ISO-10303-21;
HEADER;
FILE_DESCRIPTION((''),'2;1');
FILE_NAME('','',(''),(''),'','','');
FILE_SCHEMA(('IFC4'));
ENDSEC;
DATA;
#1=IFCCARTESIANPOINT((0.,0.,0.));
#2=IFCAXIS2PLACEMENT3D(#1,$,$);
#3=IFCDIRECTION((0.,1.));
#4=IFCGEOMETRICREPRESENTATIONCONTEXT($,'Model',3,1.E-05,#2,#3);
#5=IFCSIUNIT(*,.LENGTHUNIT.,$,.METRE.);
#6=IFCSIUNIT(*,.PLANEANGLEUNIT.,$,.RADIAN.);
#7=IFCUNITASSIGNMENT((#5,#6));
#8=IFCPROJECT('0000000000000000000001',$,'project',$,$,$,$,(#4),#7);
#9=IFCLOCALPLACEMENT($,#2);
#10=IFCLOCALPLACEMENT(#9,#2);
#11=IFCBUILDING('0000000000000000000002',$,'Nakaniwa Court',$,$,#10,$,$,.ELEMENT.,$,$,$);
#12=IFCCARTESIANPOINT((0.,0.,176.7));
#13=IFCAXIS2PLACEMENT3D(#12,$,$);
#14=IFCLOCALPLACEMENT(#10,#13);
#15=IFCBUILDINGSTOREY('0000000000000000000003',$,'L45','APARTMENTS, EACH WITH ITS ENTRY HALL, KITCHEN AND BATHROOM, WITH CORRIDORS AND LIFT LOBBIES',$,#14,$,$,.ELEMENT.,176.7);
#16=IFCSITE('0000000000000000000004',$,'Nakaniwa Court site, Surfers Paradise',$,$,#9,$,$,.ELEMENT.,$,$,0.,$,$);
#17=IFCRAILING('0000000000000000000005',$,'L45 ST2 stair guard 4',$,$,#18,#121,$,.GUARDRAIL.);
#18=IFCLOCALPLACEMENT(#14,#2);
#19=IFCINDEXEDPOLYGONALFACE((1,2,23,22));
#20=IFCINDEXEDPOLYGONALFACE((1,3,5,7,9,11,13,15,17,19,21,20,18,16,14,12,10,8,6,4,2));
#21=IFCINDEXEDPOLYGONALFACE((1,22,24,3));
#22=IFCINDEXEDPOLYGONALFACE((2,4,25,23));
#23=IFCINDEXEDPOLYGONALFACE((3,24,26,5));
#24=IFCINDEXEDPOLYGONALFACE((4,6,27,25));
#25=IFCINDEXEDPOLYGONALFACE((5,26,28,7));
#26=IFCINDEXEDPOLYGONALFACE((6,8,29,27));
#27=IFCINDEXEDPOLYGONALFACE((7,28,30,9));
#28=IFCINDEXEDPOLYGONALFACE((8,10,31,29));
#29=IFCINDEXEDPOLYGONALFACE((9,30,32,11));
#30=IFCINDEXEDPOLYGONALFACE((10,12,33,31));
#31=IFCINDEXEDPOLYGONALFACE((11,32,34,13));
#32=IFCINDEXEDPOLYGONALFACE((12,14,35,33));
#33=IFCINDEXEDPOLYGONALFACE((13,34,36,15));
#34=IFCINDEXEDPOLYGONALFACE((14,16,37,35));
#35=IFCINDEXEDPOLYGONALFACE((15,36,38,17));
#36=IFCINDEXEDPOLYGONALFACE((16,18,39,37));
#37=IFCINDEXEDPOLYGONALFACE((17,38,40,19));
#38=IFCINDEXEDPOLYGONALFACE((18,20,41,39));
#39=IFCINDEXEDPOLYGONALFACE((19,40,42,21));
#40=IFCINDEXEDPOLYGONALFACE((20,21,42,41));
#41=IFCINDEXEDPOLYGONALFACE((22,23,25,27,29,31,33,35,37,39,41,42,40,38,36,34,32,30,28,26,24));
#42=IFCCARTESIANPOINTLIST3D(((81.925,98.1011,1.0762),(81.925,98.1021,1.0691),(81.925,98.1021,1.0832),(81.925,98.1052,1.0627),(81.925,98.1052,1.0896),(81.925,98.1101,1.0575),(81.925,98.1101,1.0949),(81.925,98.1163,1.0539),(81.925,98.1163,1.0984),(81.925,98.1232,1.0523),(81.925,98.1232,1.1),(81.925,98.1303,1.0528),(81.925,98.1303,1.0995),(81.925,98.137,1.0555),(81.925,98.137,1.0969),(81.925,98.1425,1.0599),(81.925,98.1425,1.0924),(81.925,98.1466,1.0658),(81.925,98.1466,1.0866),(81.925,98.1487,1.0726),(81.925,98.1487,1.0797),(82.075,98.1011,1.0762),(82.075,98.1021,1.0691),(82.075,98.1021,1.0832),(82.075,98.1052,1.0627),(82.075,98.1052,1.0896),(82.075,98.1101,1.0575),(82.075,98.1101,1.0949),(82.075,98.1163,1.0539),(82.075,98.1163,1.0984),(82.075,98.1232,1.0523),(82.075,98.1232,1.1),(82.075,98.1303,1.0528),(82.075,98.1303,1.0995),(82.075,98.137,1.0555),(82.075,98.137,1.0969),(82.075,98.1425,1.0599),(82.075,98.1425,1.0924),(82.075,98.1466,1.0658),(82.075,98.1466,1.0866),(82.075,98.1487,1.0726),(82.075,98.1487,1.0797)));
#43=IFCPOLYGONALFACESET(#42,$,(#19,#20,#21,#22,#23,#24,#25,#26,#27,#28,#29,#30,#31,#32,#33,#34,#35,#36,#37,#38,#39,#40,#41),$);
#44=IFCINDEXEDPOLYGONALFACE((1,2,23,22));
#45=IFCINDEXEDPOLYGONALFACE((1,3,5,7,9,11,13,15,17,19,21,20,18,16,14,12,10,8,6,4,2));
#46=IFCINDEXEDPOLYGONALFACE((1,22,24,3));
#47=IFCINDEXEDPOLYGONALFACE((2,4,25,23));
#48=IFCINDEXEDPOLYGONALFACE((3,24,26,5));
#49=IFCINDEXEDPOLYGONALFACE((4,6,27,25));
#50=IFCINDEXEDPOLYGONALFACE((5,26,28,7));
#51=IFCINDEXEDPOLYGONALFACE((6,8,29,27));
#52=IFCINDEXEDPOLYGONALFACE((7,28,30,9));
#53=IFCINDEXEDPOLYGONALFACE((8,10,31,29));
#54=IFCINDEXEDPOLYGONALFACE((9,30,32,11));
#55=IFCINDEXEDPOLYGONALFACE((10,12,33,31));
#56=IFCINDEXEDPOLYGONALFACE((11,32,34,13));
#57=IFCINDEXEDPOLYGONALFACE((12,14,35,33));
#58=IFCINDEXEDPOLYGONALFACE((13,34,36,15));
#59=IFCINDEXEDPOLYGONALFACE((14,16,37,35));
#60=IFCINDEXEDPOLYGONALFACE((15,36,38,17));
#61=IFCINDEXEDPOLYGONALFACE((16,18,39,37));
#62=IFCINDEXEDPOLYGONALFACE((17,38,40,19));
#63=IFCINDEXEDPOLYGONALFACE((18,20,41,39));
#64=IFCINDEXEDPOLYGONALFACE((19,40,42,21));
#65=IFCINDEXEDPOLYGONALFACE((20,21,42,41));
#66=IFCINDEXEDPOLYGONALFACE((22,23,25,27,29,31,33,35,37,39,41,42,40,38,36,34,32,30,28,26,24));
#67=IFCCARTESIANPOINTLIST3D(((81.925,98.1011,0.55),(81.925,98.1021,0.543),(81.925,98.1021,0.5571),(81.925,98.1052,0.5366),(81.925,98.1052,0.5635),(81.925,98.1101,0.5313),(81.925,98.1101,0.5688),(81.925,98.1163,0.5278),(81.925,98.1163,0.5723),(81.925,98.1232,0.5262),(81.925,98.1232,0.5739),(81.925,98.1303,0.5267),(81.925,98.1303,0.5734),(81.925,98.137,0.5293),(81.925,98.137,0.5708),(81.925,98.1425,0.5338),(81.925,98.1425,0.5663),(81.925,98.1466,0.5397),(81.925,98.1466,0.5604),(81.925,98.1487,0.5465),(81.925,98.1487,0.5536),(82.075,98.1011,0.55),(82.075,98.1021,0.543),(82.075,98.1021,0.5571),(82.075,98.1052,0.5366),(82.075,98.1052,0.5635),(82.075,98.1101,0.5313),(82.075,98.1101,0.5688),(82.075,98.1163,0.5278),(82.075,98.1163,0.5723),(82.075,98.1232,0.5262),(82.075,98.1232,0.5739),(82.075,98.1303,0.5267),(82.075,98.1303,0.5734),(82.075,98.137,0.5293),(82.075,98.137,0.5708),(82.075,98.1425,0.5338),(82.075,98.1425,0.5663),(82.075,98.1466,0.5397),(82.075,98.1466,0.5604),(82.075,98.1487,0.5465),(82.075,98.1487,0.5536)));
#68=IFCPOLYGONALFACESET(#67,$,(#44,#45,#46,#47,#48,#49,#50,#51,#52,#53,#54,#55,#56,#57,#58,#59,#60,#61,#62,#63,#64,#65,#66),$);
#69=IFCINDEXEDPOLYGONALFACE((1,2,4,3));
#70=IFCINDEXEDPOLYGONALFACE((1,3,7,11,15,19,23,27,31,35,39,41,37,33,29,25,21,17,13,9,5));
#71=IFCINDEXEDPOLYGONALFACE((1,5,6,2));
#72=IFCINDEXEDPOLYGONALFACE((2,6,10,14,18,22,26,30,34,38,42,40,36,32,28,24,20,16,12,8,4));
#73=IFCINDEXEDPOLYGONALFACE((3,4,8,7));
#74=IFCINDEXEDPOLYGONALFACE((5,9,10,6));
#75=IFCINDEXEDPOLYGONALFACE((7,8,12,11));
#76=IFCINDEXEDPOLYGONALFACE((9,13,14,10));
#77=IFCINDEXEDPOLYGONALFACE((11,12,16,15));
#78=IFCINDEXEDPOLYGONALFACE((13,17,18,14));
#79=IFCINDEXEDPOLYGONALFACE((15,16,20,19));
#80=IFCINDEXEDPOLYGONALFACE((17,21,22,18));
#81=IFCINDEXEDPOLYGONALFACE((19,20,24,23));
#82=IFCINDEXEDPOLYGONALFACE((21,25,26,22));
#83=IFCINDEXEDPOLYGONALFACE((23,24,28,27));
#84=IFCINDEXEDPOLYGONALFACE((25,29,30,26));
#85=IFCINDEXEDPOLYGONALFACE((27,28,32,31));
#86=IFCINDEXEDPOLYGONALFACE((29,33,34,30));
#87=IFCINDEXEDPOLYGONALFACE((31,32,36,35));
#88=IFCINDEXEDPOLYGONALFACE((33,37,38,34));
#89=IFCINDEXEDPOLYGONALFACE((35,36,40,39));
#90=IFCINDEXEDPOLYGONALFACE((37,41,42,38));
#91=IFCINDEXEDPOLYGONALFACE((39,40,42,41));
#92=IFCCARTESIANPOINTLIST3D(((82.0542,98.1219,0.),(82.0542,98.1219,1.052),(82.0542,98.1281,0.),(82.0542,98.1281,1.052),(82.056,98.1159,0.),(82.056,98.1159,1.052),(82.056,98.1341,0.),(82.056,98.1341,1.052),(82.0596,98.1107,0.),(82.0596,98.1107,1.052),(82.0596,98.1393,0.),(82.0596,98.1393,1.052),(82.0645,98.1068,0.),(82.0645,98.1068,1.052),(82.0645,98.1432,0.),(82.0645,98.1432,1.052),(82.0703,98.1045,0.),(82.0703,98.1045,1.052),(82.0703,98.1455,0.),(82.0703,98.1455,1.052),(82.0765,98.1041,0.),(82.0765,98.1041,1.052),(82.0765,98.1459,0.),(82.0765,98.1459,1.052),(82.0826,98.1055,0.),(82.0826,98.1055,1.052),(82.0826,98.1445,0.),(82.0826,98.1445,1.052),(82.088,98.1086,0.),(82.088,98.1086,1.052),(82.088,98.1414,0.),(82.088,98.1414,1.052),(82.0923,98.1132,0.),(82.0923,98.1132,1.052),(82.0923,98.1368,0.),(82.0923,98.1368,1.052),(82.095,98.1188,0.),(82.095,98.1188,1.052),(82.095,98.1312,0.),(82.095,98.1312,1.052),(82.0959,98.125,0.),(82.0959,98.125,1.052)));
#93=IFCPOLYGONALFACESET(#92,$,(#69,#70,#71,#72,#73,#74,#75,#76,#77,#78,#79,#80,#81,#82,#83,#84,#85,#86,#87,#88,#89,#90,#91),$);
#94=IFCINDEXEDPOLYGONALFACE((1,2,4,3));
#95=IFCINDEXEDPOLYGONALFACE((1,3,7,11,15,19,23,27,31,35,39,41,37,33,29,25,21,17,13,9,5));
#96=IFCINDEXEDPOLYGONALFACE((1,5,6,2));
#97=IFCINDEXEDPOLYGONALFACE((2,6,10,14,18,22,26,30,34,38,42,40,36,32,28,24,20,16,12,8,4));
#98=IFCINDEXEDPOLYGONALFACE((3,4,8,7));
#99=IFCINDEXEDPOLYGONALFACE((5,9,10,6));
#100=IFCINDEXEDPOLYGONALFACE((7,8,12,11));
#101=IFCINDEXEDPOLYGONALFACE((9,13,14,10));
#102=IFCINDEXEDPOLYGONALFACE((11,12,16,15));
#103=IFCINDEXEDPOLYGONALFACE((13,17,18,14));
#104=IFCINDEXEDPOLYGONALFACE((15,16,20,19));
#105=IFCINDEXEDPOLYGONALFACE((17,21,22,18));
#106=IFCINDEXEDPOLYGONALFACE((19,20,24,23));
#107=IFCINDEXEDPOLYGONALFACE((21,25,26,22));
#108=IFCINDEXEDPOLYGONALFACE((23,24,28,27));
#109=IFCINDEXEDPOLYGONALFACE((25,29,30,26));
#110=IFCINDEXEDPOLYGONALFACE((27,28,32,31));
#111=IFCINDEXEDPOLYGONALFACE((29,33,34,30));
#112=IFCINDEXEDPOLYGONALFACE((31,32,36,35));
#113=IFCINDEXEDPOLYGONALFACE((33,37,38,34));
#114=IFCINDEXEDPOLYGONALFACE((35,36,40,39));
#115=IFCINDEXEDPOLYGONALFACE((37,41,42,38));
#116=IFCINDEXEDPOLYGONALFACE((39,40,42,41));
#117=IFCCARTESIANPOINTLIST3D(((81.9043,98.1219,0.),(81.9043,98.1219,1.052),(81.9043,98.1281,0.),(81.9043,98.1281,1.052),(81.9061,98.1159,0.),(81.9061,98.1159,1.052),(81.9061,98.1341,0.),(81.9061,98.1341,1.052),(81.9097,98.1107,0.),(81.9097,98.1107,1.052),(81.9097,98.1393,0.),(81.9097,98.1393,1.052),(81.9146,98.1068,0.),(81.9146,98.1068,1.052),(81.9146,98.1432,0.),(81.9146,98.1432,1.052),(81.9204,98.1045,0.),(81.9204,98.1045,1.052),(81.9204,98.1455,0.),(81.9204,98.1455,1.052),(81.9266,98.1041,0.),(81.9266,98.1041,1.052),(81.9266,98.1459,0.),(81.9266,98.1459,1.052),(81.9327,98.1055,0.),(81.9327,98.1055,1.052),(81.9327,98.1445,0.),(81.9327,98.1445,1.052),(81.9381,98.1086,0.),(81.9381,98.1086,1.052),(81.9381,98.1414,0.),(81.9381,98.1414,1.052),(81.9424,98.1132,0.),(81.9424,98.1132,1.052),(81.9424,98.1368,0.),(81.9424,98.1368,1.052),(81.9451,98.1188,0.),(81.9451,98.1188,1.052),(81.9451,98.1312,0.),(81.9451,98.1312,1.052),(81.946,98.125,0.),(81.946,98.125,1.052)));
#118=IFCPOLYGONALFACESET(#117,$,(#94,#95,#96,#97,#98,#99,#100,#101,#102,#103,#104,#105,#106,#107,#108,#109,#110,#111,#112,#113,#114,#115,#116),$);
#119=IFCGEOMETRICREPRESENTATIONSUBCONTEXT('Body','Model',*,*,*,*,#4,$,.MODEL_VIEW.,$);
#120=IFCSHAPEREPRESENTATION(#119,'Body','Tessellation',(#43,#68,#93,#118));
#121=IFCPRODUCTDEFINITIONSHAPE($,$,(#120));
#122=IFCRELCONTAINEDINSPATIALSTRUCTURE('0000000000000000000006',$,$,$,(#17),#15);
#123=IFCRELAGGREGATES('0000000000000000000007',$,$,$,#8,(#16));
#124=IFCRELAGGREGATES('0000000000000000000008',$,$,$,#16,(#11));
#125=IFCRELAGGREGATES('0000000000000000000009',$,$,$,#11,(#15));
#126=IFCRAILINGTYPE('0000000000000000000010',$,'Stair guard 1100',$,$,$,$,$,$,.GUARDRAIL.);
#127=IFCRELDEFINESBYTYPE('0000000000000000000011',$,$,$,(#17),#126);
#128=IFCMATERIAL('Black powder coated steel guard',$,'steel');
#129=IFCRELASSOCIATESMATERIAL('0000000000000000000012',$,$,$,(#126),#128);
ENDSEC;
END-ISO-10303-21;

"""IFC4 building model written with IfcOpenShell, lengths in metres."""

from ifc_helpers import new_model, si_unit, direction, frame, origin, origin_2d, place, context, subcontext, project, spatial, circle, extrude, material, type_object, element, save


model = new_model("IFC4")

# Units and contexts
model_context = context("Model", 3, precision=1e-05, world=origin(), true_north=direction((0.0, 1.0)))
body_context = subcontext(model_context, "Body", "Model", "MODEL_VIEW")
ifc_project = project(units=[si_unit("LENGTHUNIT", "METRE"), si_unit("PLANEANGLEUNIT", "RADIAN")], contexts=[model_context])

# Site, building, storey
site_placement = place(None, origin())
site = spatial("IfcSite", under=ifc_project, at=site_placement, Name="Nakaniwa Court site, Surfers Paradise", CompositionType="ELEMENT", RefElevation=0.0)
building_placement = place(site_placement, origin())
building = spatial("IfcBuilding", under=site, at=building_placement, Name="Nakaniwa Court", CompositionType="ELEMENT")
storey_placement = place(building_placement, frame((0.0, 0.0, 176.7)))
storey = spatial("IfcBuildingStorey", under=building, at=storey_placement, Name="L45", Description="APARTMENTS, EACH WITH ITS ENTRY HALL, KITCHEN AND BATHROOM, WITH CORRIDORS AND LIFT LOBBIES", CompositionType="ELEMENT", Elevation=176.7)

# Railing
ifc_material_1 = material(Name="Black powder coated steel guard", Category="steel")
railing_type_1 = type_object("IfcRailingType", Name="Stair guard 1100", PredefinedType="GUARDRAIL", material=ifc_material_1)
railing_1_placement = place(storey_placement, frame((82.075, 98.125, 0.0)))
element("IfcRailing", 1, at=railing_1_placement, inside=storey, type_object=railing_type_1, Name="L45 ST2 stair guard 4", PredefinedType="GUARDRAIL", context=body_context, shape_type="SweptSolid", body=[
    extrude(circle(Radius=0.0239, at=origin_2d()), frame((0.0, 0.0, 1.0762), z_axis=(-1.0, 0.0, 0.0), x_axis=(0.0, -1.0, 0.0)), (0.0, 0.0, 1.0), 0.1499),
    extrude(circle(Radius=0.0239, at=origin_2d()), frame((0.0, 0.0, 0.55), z_axis=(-1.0, 0.0, 0.0), x_axis=(0.0, -1.0, 0.0)), (0.0, 0.0, 1.0), 0.1499),
    extrude(circle(Radius=0.021, at=origin_2d()), origin(), (0.0, 0.0, 1.0), 1.052),
    extrude(circle(Radius=0.021, at=origin_2d()), frame((-0.1499, 0.0, 0.0)), (0.0, 0.0, 1.0), 1.052),
])

save(model, "model.ifc")
